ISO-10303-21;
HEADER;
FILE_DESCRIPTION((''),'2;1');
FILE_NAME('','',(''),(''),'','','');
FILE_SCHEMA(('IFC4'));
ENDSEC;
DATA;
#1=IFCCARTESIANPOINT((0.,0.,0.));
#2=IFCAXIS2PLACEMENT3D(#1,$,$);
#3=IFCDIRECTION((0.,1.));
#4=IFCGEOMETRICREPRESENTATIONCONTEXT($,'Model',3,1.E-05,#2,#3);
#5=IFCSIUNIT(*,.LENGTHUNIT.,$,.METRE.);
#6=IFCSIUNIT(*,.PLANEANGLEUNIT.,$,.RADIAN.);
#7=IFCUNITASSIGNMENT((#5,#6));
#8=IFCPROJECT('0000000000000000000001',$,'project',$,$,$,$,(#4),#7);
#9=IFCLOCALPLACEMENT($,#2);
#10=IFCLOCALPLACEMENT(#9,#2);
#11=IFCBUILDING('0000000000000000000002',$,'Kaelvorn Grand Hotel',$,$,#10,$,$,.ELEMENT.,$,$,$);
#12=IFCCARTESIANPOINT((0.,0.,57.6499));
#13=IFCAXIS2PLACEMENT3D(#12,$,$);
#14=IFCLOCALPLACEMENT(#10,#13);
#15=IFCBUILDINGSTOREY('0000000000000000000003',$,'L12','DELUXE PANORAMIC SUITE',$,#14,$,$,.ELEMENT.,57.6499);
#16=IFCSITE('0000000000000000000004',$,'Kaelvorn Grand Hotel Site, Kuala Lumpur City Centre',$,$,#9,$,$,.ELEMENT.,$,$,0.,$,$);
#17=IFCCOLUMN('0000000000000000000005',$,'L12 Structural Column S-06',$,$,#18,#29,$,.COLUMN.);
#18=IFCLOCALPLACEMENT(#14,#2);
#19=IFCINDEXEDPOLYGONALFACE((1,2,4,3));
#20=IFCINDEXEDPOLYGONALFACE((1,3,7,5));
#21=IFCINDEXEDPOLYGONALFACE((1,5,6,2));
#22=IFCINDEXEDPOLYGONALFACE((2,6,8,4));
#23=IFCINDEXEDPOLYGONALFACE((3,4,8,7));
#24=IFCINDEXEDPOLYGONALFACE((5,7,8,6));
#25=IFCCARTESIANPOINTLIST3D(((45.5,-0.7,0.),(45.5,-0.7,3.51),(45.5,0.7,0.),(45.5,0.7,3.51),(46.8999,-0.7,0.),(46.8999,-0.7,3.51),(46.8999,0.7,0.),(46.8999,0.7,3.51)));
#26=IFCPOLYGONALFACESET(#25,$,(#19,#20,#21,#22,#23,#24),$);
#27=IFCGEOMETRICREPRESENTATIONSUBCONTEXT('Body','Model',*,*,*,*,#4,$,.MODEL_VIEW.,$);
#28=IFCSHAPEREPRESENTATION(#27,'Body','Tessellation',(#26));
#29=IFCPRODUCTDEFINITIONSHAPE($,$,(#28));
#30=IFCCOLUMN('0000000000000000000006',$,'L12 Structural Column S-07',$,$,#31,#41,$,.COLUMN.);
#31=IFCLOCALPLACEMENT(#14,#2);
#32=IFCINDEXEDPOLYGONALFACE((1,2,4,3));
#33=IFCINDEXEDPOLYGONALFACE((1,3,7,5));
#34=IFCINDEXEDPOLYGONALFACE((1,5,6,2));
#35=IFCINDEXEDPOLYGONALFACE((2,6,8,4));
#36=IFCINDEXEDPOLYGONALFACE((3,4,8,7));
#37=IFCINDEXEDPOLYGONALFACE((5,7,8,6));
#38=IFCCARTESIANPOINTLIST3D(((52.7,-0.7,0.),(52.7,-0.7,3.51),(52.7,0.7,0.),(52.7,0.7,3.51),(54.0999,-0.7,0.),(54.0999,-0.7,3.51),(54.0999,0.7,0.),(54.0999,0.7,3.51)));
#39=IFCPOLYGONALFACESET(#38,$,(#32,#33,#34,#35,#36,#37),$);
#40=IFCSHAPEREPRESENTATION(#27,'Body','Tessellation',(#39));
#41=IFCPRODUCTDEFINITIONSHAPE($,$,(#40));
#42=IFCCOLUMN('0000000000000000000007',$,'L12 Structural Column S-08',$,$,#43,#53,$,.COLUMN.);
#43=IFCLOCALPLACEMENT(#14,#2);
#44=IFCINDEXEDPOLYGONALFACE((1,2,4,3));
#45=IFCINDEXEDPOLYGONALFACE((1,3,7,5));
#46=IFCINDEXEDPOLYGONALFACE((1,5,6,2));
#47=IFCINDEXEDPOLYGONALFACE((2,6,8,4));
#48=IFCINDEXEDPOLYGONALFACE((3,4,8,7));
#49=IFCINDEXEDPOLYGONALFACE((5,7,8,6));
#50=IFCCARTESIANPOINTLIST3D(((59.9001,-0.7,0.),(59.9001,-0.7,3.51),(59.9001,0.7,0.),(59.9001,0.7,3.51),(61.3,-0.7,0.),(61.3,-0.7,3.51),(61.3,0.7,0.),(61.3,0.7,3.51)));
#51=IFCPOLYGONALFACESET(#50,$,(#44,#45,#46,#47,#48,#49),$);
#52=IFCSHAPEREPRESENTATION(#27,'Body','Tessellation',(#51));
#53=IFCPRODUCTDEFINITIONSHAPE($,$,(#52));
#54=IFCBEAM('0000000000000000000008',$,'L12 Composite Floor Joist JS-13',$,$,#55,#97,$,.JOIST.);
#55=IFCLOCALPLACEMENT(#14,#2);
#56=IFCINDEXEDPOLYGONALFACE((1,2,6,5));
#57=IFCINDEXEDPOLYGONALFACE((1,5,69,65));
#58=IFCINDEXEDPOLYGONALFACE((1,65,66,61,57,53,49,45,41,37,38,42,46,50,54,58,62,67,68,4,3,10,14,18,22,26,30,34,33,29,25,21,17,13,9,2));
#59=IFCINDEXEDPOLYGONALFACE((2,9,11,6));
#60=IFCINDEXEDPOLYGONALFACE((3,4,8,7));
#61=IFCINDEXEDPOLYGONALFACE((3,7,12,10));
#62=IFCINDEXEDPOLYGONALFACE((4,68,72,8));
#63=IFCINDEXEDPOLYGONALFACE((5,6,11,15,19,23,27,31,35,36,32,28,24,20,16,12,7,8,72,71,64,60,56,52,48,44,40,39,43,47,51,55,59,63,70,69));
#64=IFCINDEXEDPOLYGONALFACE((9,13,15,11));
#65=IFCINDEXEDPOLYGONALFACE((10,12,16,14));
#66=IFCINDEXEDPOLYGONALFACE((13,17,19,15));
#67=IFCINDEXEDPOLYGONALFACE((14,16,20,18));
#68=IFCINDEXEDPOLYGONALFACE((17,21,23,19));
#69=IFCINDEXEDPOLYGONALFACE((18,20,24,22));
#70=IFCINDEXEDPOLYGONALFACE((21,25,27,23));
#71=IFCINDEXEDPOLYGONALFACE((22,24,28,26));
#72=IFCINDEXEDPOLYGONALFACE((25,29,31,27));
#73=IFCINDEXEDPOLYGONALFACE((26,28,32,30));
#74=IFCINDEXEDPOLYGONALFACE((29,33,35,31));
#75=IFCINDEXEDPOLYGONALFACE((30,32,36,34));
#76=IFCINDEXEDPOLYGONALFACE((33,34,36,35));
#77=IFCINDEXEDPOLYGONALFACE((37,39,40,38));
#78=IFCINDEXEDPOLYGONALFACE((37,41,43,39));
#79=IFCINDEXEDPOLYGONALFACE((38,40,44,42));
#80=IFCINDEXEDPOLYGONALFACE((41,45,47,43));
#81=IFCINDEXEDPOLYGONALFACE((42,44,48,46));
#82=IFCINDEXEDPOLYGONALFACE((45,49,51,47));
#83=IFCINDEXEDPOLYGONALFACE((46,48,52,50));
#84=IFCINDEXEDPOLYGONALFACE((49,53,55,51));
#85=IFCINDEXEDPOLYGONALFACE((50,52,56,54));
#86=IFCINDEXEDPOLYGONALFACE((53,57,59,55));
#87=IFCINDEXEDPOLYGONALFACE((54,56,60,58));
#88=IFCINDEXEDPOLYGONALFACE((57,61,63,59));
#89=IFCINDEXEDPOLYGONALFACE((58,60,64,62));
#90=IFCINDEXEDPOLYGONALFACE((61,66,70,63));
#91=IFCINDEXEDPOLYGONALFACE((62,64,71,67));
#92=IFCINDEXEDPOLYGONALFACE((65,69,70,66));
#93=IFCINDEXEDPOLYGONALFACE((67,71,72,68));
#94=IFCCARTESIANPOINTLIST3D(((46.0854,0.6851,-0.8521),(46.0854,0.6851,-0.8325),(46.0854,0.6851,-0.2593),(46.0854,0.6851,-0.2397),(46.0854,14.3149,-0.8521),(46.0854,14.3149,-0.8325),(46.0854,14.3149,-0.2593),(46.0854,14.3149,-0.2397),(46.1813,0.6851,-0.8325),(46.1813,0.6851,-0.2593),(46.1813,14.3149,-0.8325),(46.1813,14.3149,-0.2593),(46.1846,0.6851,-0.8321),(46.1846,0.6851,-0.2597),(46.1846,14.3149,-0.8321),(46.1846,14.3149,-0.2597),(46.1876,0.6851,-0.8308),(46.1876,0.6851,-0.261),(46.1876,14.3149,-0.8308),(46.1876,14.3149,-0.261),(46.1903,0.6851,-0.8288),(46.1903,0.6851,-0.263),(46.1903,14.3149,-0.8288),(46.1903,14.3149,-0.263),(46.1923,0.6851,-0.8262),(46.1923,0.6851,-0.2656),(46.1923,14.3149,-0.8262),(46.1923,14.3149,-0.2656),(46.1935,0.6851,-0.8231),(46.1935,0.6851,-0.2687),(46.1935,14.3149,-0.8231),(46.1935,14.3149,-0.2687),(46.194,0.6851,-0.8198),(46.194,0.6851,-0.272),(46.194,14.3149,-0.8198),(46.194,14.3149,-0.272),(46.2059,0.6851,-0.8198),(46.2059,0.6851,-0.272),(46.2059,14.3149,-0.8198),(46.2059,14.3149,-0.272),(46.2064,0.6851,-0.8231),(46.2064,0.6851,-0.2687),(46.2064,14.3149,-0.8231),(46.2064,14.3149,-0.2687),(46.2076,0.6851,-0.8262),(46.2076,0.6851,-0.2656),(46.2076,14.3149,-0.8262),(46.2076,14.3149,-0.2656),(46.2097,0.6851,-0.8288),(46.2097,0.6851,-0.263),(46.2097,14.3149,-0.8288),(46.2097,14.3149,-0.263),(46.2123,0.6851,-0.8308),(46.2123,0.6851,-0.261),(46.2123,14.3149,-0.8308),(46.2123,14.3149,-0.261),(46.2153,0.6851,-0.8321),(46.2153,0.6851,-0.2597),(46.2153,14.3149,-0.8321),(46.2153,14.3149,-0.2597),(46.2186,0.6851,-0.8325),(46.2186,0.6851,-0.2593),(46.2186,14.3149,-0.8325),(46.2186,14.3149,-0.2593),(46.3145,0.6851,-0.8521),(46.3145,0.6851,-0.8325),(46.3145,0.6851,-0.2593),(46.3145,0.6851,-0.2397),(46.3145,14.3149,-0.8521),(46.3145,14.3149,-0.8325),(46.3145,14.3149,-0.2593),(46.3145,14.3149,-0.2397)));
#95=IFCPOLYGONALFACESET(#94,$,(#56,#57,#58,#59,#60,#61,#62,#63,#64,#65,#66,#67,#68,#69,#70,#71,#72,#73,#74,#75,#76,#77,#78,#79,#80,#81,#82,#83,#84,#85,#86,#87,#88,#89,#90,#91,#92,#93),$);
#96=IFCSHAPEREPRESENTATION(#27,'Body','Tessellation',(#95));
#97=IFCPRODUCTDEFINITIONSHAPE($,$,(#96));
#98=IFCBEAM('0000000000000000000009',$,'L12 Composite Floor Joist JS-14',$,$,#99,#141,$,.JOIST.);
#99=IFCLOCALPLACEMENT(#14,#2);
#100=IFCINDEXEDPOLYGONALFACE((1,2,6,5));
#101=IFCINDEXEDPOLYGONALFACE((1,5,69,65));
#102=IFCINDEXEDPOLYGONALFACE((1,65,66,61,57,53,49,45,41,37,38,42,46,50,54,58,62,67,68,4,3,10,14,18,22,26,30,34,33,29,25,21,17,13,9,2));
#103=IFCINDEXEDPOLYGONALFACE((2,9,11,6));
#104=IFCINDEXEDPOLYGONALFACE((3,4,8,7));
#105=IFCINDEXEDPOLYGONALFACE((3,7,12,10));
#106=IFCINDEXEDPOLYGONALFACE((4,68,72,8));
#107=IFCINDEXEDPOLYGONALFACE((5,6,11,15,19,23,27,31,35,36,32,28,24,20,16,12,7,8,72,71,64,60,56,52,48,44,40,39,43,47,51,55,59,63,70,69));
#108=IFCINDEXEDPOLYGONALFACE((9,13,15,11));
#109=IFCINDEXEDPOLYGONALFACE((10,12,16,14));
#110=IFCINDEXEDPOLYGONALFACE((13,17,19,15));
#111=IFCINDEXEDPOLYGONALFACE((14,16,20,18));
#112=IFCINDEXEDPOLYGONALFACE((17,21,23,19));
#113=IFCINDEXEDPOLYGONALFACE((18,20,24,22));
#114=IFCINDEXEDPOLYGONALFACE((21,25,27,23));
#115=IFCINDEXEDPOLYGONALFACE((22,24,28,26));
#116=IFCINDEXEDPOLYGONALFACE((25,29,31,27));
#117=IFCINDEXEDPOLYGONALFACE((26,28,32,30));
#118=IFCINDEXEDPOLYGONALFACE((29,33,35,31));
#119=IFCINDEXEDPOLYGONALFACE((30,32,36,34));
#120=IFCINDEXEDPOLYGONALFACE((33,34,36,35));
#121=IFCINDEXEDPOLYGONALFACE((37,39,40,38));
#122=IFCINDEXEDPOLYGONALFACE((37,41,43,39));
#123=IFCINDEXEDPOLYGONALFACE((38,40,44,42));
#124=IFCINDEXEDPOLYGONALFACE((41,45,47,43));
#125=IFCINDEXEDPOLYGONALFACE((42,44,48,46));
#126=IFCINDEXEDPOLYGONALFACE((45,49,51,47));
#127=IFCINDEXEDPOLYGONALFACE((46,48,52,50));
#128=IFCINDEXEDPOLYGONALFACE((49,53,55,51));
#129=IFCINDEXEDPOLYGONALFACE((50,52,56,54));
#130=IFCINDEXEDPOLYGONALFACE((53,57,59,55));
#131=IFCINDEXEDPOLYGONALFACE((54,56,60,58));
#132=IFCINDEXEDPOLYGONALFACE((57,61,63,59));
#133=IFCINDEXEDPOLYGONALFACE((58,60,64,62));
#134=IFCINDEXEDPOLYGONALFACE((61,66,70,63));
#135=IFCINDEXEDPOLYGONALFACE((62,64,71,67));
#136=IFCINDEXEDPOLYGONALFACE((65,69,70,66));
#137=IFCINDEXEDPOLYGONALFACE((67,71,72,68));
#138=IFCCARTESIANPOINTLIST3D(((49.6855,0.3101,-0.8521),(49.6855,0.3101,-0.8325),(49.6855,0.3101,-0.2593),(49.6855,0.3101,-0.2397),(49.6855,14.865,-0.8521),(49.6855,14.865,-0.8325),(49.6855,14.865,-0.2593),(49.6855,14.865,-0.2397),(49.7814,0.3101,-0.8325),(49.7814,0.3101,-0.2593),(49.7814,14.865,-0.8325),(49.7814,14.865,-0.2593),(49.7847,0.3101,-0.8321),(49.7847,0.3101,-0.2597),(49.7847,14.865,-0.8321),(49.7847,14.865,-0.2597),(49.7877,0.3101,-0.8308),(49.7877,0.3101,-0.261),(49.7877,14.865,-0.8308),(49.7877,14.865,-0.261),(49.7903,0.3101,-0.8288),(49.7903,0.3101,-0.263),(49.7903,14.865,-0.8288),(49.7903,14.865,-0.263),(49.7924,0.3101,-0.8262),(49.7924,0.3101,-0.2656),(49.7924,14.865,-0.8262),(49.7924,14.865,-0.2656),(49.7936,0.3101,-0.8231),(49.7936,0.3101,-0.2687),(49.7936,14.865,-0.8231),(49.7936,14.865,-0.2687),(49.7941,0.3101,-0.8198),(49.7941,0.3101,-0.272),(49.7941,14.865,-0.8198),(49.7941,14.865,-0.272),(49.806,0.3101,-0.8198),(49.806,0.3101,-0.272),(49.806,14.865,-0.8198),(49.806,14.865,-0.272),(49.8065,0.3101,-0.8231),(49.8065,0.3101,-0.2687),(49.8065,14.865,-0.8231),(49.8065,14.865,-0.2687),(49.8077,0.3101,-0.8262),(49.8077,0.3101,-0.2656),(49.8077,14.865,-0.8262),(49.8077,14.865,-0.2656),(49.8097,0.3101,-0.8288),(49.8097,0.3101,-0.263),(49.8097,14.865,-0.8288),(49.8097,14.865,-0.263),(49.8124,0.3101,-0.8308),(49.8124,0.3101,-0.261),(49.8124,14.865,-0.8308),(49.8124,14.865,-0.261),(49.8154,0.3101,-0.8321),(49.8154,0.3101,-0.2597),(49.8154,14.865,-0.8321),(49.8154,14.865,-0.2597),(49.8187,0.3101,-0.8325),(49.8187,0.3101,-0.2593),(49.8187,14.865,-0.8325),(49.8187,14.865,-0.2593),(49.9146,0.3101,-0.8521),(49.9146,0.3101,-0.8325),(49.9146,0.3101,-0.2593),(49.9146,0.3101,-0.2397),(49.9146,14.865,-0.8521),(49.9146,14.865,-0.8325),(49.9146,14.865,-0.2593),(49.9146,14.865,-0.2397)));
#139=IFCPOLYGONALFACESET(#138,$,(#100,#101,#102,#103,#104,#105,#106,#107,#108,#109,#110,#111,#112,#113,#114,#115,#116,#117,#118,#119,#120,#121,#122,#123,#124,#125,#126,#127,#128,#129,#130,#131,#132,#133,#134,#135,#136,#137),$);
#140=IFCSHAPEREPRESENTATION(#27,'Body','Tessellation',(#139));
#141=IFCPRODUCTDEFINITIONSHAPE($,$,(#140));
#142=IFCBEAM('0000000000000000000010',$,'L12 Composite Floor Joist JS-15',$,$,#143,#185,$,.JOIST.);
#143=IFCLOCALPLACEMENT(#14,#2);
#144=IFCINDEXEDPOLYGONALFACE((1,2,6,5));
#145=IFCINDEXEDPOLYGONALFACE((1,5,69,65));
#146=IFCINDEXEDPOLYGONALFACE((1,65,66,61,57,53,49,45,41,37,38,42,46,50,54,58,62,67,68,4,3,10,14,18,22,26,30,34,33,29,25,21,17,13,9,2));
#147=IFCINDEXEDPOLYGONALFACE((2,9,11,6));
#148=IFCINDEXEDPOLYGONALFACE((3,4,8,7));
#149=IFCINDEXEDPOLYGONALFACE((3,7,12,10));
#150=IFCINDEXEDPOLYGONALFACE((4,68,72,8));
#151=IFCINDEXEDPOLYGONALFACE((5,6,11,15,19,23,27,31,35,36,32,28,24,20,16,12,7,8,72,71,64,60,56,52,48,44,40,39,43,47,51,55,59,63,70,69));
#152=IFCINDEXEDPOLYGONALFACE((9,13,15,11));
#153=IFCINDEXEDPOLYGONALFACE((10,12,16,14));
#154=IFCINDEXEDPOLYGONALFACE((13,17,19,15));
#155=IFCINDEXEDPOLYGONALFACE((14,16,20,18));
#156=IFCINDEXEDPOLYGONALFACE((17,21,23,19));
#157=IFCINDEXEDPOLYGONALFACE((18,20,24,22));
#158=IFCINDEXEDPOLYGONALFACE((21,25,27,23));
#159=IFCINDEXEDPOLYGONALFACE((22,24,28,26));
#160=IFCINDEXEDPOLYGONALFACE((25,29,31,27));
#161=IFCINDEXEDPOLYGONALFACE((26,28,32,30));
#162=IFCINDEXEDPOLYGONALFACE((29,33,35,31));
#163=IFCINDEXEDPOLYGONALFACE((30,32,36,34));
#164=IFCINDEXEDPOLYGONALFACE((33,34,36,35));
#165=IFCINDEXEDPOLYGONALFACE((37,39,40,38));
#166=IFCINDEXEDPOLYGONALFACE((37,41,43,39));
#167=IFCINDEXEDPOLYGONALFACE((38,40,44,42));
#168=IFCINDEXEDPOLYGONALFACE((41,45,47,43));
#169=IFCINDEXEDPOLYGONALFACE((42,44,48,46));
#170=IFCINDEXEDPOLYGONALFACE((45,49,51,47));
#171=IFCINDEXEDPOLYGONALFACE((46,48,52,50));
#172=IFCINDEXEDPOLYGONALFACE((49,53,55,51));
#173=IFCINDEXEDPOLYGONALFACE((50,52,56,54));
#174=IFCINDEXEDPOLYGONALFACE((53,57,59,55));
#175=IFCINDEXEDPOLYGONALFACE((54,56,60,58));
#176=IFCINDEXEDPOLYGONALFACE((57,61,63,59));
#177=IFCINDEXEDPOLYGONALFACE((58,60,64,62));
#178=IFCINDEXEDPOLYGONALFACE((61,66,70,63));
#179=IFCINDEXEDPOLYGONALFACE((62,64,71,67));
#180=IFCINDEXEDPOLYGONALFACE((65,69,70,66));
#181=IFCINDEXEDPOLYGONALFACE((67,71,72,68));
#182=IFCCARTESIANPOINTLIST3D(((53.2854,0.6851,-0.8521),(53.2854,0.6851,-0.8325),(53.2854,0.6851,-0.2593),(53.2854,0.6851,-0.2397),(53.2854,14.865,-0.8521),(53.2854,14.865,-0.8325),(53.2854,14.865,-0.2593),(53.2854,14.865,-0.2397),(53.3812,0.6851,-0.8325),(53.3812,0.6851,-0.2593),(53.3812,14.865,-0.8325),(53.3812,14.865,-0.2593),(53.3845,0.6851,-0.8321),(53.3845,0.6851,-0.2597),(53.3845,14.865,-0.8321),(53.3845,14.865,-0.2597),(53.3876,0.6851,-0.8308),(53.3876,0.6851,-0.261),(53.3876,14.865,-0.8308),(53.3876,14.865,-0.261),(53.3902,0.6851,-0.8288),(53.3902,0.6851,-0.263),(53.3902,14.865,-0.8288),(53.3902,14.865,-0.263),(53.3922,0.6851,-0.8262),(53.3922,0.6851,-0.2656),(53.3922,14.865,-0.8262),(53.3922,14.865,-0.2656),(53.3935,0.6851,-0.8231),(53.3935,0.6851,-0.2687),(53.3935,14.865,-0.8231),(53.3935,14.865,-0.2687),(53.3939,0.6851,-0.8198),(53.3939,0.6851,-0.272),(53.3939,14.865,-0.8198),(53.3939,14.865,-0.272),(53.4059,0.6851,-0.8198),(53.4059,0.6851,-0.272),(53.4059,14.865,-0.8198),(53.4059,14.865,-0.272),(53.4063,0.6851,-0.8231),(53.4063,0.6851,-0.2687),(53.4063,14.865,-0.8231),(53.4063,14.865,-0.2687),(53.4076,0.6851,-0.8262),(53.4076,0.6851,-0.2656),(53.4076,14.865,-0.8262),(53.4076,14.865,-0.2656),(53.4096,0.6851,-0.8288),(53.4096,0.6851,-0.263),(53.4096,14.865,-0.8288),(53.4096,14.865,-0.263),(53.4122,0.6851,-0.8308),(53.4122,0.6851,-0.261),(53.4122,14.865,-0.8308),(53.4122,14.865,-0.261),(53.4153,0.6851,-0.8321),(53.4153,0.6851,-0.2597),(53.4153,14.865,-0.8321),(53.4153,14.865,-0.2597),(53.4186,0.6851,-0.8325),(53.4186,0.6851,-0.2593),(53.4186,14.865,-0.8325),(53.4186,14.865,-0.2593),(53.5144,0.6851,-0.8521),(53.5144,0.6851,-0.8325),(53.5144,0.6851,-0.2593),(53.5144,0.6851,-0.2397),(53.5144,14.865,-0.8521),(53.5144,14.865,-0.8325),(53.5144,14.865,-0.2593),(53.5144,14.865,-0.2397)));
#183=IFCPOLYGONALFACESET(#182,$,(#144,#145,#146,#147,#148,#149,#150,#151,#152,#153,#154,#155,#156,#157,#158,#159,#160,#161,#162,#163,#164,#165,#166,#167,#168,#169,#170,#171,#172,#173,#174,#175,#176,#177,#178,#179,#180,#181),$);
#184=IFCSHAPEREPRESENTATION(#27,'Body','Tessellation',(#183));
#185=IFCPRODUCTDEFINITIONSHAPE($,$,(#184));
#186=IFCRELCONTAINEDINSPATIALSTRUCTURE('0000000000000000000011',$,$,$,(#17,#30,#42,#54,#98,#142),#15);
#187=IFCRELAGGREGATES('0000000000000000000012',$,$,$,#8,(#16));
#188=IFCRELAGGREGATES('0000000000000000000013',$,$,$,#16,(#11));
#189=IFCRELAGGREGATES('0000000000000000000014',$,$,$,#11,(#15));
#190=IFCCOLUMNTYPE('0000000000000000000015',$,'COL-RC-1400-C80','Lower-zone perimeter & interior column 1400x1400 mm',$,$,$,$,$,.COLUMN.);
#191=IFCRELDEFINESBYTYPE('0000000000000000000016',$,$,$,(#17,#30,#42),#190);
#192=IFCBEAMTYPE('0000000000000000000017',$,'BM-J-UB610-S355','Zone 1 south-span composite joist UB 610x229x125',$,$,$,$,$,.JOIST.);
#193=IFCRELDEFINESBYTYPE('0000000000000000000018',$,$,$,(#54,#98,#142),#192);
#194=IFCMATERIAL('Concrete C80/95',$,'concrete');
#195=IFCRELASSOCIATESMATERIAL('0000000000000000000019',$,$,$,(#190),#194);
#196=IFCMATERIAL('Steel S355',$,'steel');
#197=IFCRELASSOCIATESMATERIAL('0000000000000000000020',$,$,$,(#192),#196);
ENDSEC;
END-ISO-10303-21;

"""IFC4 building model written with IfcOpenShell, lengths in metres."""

from ifc_helpers import new_model, si_unit, direction, frame, origin, origin_2d, place, context, subcontext, project, spatial, rectangle, i_section, extrude, material, material_profile, profile_set, type_object, element, save


model = new_model("IFC4")

# Units and contexts
model_context = context("Model", 3, precision=1e-05, world=origin(), true_north=direction((0.0, 1.0)))
body_context = subcontext(model_context, "Body", "Model", "MODEL_VIEW")
ifc_project = project(units=[si_unit("LENGTHUNIT", "METRE"), si_unit("PLANEANGLEUNIT", "RADIAN")], contexts=[model_context])

# Site, building, storey
site_placement = place(None, origin())
site = spatial("IfcSite", under=ifc_project, at=site_placement, Name="Kaelvorn Grand Hotel Site, Kuala Lumpur City Centre", CompositionType="ELEMENT", RefElevation=0.0)
building_placement = place(site_placement, origin())
building = spatial("IfcBuilding", under=site, at=building_placement, Name="Kaelvorn Grand Hotel", CompositionType="ELEMENT")
storey_placement = place(building_placement, frame((0.0, 0.0, 57.6499)))
storey = spatial("IfcBuildingStorey", under=building, at=storey_placement, Name="L12", Description="DELUXE PANORAMIC SUITE", CompositionType="ELEMENT", Elevation=57.6499)

# Columns
ifc_material_1 = material(Name="Concrete C80/95", Category="concrete")
ifc_material_profile_1 = material_profile(ifc_material_1, rectangle(XDim=1.3999, YDim=1.3999, at=origin_2d()), Name="RC COL 1400x1400")
ifc_profile_set_1 = profile_set([ifc_material_profile_1], Name="Concrete C80/95")
column_type = type_object("IfcColumnType", Name="COL-RC-1400-C80", Description="Lower-zone perimeter & interior column 1400x1400 mm", PredefinedType="COLUMN", material=ifc_profile_set_1)
for number, where, z_axis, x_axis, name in (
    (1, (46.2, 0.0, 0.0), (0.0, 0.0, 1.0), (1.0, 0.0, 0.0), "L12 Structural Column S-06"),
    (2, (53.3999, 0.0, 0.0), (0.0, 0.0, 1.0), (1.0, 0.0, 0.0), "L12 Structural Column S-07"),
    (3, (60.6001, 0.0, 0.0), (0.0, 0.0, 1.0), (1.0, 0.0, 0.0), "L12 Structural Column S-08"),
):
    element("IfcColumn", number, at=place(storey_placement, frame(where, z_axis=z_axis, x_axis=x_axis)), inside=storey, type_object=column_type, Name=name, PredefinedType="COLUMN", context=body_context, shape_type="SweptSolid", body=[
        extrude(rectangle(XDim=1.3999, YDim=1.3999, at=origin_2d()), origin(), (0.0, 0.0, 1.0), 3.51),
    ])

# Beams
ifc_material_2 = material(Name="Steel S355", Category="steel")
ifc_material_profile_2 = material_profile(ifc_material_2, i_section(OverallWidth=0.229, OverallDepth=0.6123, WebThickness=0.012, FlangeThickness=0.0195, FilletRadius=0.0127, at=origin_2d()), Name="UB 610x229x125")
ifc_profile_set_2 = profile_set([ifc_material_profile_2], Name="Steel S355")
beam_type_1 = type_object("IfcBeamType", Name="BM-J-UB610-S355", Description="Zone 1 south-span composite joist UB 610x229x125", PredefinedType="JOIST", material=ifc_profile_set_2)
beam_1_placement = place(storey_placement, frame((46.2, 0.6851, -0.5459), z_axis=(0.0, 1.0, 0.0), x_axis=(-1.0, 0.0, 0.0)))
element("IfcBeam", 4, at=beam_1_placement, inside=storey, type_object=beam_type_1, Name="L12 Composite Floor Joist JS-13", PredefinedType="JOIST", context=body_context, shape_type="SweptSolid", body=[
    extrude(i_section(OverallWidth=0.229, OverallDepth=0.6123, WebThickness=0.012, FlangeThickness=0.0195, FilletRadius=0.0127, at=origin_2d()), origin(), (0.0, 0.0, 1.0), 13.6299),
])
beam_2_placement = place(storey_placement, frame((49.8, 0.3101, -0.5459), z_axis=(0.0, 1.0, 0.0), x_axis=(-1.0, 0.0, 0.0)))
element("IfcBeam", 5, at=beam_2_placement, inside=storey, type_object=beam_type_1, Name="L12 Composite Floor Joist JS-14", PredefinedType="JOIST", context=body_context, shape_type="SweptSolid", body=[
    extrude(i_section(OverallWidth=0.229, OverallDepth=0.6123, WebThickness=0.012, FlangeThickness=0.0195, FilletRadius=0.0127, at=origin_2d()), origin(), (0.0, 0.0, 1.0), 14.5549),
])
beam_3_placement = place(storey_placement, frame((53.3999, 0.6851, -0.5459), z_axis=(0.0, 1.0, 0.0), x_axis=(-1.0, 0.0, 0.0)))
element("IfcBeam", 6, at=beam_3_placement, inside=storey, type_object=beam_type_1, Name="L12 Composite Floor Joist JS-15", PredefinedType="JOIST", context=body_context, shape_type="SweptSolid", body=[
    extrude(i_section(OverallWidth=0.229, OverallDepth=0.6123, WebThickness=0.012, FlangeThickness=0.0195, FilletRadius=0.0127, at=origin_2d()), origin(), (0.0, 0.0, 1.0), 14.1799),
])

save(model, "model.ifc")
